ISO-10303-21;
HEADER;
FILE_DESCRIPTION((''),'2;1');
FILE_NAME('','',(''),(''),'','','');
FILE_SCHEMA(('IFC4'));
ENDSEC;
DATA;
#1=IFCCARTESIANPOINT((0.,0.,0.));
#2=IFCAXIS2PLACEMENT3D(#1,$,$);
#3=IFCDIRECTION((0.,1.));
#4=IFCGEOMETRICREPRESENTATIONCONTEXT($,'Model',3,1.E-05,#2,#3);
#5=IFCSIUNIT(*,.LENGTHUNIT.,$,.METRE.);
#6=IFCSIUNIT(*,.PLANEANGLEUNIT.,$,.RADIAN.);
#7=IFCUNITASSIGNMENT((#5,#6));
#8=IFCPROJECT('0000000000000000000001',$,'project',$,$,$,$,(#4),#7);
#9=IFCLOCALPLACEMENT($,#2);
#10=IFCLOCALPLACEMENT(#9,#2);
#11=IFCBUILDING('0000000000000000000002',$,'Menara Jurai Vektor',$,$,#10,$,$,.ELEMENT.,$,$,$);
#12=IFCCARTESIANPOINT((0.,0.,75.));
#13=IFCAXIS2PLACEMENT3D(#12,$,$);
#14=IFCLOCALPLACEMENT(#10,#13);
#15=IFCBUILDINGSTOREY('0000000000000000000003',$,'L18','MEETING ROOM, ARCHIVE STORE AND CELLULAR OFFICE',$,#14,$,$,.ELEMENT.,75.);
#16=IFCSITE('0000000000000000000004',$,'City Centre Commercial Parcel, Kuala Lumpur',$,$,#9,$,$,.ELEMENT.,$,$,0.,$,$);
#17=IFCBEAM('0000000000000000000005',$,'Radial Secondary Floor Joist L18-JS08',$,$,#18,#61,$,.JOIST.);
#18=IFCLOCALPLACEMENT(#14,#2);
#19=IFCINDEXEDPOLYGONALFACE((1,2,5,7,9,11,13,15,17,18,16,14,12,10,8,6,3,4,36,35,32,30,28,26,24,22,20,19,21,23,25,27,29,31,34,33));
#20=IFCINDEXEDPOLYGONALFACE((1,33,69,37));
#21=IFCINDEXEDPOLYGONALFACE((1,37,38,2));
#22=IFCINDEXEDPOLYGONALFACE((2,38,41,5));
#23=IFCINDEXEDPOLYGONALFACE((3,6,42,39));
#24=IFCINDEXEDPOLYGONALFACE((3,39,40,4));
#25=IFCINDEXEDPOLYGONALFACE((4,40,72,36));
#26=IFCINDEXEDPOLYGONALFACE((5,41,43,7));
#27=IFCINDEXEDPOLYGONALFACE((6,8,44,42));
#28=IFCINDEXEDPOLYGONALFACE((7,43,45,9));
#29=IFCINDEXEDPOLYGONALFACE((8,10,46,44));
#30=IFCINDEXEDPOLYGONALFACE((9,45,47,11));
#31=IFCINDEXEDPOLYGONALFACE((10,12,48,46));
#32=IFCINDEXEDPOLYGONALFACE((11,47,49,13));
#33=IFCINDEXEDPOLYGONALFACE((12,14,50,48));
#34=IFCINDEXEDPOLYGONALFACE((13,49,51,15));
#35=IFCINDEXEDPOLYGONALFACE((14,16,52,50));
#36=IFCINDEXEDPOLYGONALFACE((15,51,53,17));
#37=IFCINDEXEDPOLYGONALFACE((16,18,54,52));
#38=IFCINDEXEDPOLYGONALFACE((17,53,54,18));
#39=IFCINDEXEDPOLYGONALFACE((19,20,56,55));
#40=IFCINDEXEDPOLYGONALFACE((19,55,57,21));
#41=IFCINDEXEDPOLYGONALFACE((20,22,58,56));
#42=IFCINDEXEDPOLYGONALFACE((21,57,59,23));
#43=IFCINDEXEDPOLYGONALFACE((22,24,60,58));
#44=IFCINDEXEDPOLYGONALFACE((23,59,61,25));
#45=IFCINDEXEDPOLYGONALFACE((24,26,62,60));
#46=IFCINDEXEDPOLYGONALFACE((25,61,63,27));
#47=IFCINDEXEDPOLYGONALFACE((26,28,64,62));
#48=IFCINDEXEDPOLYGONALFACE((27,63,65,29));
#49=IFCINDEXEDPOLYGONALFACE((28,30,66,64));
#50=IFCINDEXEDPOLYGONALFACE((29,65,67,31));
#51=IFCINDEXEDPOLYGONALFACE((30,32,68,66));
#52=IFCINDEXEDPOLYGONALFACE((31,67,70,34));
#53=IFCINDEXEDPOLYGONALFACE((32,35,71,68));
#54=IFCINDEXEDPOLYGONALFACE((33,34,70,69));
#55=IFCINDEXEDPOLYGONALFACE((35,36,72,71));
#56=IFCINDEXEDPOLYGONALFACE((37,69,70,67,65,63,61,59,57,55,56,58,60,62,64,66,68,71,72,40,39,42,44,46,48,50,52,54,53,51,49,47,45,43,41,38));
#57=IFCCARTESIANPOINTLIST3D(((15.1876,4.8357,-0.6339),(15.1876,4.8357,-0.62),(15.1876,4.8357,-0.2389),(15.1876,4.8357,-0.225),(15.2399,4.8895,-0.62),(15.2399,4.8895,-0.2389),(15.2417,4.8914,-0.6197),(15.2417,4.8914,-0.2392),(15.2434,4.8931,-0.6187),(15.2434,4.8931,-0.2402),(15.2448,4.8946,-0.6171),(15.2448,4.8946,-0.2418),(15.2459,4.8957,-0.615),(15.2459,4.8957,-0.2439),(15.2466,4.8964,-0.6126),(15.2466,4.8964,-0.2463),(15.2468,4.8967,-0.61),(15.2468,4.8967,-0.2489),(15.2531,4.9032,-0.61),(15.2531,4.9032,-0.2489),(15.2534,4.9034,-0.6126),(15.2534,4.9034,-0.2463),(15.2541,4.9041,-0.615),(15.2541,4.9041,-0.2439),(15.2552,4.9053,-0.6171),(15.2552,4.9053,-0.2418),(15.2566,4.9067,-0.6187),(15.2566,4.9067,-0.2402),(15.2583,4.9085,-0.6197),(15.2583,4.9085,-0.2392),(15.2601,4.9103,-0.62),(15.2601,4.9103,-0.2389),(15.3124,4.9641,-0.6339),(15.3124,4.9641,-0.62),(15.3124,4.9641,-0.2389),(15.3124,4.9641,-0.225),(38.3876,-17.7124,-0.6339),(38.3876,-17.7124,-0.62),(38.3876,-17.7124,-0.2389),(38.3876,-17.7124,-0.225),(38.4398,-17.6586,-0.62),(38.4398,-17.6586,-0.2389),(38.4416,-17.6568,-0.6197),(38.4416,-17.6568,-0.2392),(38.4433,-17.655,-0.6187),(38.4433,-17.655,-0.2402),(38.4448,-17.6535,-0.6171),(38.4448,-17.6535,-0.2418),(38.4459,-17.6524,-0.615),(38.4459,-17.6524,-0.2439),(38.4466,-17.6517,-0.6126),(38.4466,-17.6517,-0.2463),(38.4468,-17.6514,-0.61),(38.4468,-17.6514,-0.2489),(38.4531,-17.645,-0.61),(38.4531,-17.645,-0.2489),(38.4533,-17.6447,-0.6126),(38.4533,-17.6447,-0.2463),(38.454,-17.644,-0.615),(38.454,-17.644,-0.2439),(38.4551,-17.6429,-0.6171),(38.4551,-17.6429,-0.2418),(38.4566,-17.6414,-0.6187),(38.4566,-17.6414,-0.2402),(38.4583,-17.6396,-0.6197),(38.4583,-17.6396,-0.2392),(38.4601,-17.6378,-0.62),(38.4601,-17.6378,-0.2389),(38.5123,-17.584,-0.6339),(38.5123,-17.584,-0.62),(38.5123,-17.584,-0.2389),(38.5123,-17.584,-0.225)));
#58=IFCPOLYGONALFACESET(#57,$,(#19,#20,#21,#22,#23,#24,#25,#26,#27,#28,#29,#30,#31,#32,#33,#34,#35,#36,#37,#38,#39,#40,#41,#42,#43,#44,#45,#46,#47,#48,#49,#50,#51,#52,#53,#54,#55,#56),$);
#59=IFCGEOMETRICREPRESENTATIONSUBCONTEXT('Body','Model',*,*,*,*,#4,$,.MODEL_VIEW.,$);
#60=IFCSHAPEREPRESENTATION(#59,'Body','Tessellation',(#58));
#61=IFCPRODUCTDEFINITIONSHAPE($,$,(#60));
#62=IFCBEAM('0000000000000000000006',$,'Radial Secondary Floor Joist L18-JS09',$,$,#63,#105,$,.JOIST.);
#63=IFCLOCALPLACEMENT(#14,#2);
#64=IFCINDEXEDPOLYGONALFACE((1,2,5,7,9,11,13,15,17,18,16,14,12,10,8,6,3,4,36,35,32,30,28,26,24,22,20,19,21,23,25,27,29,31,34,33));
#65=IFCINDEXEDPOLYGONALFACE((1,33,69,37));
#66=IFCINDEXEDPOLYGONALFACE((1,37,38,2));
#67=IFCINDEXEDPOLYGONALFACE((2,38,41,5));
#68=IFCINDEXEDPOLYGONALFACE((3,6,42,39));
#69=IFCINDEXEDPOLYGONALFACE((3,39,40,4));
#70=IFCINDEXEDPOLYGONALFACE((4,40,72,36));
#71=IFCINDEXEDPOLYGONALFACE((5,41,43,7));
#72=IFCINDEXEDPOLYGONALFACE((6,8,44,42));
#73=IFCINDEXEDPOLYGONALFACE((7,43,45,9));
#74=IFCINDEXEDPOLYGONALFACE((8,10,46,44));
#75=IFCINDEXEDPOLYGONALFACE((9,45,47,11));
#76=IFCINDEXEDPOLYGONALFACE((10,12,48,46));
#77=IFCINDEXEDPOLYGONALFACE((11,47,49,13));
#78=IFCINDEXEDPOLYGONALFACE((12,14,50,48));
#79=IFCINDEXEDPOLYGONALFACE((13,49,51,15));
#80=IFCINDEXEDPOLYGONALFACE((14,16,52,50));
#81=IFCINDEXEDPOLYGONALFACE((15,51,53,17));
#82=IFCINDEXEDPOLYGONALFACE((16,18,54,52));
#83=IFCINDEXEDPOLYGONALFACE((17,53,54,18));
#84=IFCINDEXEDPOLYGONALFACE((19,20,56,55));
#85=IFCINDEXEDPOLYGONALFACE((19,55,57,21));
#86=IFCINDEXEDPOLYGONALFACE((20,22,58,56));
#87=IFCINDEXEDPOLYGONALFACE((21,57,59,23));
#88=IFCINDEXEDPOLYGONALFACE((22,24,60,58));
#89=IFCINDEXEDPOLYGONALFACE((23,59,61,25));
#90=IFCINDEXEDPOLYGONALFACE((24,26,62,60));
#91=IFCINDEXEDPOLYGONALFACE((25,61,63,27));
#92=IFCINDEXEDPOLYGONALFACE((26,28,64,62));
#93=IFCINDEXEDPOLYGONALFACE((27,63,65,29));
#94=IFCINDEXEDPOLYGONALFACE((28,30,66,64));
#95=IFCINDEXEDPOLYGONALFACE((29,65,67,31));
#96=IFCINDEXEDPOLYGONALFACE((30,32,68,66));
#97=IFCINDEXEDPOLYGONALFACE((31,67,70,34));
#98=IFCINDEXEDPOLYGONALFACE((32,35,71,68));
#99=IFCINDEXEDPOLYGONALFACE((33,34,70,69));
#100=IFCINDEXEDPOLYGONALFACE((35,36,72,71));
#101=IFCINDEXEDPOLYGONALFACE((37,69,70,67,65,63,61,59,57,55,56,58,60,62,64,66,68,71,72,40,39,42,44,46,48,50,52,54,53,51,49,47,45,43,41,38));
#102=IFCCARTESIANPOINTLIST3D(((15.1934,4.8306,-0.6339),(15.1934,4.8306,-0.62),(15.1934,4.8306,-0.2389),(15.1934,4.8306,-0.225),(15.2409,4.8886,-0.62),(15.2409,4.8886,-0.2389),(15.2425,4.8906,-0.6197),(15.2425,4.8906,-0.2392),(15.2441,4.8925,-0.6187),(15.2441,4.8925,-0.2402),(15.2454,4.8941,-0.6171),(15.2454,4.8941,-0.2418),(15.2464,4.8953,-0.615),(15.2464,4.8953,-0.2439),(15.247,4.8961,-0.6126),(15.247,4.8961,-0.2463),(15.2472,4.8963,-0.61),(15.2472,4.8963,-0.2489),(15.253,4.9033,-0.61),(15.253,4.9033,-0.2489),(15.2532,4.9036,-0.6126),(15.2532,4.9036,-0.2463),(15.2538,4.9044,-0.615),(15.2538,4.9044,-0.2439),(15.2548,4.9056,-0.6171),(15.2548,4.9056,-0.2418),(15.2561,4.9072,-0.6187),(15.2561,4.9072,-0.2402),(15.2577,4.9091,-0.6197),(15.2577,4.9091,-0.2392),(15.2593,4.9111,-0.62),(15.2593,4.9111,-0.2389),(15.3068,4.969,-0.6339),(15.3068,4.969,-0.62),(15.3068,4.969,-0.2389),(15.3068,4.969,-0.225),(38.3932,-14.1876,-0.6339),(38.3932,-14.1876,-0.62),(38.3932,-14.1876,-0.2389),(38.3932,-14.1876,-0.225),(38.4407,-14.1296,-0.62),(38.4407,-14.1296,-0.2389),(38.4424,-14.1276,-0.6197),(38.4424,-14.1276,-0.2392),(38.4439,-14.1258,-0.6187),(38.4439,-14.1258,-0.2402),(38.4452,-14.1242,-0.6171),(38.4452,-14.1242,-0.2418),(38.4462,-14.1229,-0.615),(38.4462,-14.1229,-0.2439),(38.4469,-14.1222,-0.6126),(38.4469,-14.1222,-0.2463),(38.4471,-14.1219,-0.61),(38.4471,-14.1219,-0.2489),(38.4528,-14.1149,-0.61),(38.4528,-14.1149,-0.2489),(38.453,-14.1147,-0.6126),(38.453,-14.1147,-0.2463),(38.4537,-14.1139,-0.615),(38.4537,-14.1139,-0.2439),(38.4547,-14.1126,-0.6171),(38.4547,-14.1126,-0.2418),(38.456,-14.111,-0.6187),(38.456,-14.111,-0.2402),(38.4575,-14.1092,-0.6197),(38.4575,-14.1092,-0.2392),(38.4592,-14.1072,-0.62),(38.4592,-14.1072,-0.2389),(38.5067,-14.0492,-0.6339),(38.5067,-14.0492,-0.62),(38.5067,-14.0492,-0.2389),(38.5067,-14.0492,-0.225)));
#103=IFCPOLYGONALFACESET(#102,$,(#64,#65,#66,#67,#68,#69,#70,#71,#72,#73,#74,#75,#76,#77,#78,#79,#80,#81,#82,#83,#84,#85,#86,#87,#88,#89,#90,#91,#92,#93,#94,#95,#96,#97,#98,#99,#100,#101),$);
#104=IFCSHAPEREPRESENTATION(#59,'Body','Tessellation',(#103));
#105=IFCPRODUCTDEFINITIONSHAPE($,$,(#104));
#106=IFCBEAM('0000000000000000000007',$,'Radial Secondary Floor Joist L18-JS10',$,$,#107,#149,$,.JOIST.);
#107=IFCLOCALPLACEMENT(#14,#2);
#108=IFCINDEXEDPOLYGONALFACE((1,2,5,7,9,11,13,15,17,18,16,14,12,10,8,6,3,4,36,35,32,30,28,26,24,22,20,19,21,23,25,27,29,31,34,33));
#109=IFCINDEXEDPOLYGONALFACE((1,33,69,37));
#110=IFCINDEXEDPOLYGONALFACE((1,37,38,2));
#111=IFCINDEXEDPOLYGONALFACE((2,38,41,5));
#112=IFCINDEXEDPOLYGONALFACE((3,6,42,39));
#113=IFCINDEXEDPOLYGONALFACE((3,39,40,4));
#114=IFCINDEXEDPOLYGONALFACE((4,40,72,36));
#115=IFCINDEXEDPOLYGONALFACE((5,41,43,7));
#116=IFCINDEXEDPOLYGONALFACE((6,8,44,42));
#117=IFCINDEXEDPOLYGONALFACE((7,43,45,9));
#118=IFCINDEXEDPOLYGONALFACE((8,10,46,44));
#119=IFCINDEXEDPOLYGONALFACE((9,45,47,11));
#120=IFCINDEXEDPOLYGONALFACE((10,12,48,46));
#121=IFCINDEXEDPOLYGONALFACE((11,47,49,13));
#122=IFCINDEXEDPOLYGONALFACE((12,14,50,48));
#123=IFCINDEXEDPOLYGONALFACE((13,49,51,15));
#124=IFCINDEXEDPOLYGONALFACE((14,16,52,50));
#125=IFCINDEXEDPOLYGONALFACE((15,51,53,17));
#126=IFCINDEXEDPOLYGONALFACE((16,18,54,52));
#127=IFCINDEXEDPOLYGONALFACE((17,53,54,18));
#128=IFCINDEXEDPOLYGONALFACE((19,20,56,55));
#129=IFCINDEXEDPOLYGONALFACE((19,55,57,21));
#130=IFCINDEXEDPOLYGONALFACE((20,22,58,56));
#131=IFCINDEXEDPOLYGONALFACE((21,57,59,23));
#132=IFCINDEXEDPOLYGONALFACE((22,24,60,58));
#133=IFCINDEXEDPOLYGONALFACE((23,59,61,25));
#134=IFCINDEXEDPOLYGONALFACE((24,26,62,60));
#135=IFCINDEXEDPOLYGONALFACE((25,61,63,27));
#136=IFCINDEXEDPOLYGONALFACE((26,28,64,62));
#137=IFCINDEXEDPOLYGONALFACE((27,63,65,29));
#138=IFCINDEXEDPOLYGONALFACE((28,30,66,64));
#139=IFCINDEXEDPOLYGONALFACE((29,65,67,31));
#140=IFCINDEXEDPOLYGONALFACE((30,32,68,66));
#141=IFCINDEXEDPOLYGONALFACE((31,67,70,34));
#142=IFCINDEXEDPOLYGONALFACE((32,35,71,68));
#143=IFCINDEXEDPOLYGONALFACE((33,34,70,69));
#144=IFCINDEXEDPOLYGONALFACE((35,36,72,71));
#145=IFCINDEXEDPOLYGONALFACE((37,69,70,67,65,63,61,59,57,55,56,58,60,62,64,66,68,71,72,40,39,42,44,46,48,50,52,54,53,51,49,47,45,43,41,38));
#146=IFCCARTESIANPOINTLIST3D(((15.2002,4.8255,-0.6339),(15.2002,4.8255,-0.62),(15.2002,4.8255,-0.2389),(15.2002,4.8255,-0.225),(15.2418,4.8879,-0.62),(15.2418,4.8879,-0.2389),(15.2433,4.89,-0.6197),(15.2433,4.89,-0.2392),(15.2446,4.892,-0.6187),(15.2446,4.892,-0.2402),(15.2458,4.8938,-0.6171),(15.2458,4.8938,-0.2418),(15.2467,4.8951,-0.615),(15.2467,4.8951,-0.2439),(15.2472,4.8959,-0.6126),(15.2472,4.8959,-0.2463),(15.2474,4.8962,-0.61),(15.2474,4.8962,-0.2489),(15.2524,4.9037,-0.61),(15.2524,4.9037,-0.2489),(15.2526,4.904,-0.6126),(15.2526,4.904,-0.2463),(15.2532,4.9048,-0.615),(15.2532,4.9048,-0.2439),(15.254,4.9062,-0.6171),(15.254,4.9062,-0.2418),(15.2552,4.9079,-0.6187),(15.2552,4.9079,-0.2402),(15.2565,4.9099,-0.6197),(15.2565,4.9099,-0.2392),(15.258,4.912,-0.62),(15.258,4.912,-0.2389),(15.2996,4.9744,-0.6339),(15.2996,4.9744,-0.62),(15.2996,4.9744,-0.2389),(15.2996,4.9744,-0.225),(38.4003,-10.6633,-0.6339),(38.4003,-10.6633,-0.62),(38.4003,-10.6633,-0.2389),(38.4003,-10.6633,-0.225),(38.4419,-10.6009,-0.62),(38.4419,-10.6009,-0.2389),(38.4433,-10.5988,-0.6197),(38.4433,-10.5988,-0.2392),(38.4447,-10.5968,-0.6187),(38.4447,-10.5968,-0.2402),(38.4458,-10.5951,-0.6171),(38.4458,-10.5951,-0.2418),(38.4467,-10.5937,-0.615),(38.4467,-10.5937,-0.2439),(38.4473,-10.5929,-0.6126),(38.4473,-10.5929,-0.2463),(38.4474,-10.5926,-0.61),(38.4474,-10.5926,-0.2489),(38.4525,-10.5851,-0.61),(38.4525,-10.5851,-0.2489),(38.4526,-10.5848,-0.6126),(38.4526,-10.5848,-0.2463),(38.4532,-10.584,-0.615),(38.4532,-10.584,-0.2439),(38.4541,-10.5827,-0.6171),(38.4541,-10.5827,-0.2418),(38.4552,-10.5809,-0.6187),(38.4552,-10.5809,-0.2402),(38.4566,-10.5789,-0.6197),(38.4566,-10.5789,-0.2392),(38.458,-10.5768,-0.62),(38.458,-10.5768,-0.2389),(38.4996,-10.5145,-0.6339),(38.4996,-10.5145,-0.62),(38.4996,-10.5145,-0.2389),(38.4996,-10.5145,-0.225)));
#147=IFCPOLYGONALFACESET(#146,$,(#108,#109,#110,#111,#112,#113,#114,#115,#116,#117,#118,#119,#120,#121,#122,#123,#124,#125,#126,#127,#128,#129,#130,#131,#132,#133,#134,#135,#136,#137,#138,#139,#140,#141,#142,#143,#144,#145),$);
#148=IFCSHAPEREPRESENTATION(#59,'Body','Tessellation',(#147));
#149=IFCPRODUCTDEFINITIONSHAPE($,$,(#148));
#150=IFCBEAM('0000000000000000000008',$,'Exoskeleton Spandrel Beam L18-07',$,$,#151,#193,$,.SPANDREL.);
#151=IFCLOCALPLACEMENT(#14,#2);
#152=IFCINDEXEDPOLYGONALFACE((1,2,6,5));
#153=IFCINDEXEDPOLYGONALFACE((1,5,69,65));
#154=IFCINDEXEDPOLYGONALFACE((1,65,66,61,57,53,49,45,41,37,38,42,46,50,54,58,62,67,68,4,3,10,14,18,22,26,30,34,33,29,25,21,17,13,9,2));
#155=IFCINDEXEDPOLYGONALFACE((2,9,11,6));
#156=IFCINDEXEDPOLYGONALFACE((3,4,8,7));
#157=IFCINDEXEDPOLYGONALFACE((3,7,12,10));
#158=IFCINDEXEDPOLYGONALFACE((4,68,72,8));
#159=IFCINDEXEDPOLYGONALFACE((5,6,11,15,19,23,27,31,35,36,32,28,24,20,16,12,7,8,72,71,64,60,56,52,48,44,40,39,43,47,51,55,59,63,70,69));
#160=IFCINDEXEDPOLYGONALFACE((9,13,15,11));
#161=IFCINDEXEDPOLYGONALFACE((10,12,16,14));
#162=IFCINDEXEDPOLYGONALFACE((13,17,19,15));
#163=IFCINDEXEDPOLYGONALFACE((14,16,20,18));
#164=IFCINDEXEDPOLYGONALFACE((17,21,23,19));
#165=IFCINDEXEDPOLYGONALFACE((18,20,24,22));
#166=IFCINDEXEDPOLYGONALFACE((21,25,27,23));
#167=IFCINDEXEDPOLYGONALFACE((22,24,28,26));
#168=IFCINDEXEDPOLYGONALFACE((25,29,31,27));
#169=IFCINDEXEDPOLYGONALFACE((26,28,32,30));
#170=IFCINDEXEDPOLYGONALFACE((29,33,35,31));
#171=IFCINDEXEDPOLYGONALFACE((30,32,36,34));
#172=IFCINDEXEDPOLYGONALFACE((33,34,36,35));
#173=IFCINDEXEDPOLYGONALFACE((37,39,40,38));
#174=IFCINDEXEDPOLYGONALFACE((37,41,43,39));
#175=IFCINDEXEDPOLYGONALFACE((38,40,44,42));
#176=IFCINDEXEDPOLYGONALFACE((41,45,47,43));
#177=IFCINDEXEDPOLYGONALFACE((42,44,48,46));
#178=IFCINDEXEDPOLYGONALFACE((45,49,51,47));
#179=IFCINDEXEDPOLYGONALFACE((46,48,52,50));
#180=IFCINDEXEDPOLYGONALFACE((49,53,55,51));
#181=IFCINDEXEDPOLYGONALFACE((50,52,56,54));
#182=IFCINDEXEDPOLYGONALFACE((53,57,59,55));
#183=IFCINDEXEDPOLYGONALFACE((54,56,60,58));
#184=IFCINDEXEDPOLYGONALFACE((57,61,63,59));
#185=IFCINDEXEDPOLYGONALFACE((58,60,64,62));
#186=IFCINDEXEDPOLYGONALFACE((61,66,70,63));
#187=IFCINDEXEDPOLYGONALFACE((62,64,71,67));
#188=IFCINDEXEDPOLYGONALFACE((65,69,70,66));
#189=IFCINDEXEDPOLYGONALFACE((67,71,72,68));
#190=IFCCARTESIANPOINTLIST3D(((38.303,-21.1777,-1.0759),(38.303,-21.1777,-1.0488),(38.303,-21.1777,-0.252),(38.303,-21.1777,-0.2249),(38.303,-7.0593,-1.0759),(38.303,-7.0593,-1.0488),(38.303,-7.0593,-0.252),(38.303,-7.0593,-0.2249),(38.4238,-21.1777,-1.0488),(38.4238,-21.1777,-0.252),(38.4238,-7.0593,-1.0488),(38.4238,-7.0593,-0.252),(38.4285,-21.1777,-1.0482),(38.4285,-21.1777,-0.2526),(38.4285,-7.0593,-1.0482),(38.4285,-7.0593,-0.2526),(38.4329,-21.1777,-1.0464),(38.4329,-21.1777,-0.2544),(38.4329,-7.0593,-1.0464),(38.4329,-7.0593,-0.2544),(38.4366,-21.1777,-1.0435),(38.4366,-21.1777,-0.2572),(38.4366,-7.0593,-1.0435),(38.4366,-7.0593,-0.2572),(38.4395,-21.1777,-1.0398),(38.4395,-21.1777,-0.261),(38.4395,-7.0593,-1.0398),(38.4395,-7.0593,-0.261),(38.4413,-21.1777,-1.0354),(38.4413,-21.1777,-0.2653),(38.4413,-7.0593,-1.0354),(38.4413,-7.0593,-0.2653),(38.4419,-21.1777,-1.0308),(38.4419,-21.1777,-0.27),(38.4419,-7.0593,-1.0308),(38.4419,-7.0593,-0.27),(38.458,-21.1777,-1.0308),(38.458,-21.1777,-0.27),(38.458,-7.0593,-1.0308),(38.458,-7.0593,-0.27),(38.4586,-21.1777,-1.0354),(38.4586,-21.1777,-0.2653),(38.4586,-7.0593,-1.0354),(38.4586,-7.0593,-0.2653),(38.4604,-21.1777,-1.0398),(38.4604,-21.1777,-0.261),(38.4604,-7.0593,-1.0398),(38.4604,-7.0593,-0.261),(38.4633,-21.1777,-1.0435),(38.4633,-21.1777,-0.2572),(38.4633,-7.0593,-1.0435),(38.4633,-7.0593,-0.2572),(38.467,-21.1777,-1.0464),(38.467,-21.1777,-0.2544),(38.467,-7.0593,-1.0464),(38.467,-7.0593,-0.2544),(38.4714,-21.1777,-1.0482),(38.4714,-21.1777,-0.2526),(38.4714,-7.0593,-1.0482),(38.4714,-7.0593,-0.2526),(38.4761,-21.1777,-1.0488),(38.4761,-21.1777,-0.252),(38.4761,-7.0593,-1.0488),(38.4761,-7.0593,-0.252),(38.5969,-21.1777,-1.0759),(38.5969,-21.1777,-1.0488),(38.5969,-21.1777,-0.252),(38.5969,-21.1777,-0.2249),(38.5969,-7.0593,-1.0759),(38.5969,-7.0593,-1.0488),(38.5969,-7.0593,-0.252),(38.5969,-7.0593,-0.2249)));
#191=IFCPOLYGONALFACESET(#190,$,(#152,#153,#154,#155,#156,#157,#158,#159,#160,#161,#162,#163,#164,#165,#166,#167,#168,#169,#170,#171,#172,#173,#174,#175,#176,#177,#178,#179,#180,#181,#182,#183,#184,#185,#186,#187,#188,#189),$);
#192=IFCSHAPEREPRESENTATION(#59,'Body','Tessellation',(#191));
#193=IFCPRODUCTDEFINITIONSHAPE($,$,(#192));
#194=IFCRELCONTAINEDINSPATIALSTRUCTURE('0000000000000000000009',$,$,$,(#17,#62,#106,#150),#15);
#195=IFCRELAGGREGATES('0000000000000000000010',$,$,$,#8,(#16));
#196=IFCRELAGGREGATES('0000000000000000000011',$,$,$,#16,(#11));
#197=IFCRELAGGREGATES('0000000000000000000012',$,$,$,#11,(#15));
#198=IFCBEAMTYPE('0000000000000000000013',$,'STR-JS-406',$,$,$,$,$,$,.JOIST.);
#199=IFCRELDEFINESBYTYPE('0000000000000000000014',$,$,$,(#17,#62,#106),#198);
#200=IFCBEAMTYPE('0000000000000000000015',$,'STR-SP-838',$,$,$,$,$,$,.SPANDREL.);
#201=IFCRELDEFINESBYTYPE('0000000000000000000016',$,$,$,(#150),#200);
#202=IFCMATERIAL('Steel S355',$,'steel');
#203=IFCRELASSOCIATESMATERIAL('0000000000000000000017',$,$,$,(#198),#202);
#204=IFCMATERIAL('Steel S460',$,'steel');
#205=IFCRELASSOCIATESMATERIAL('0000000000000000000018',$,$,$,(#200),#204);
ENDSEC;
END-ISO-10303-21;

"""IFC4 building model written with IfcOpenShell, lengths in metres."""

from ifc_helpers import new_model, si_unit, direction, frame, origin, origin_2d, place, context, subcontext, project, spatial, i_section, extrude, material, material_profile, profile_set, type_object, element, save


model = new_model("IFC4")

# Units and contexts
model_context = context("Model", 3, precision=1e-05, world=origin(), true_north=direction((0.0, 1.0)))
body_context = subcontext(model_context, "Body", "Model", "MODEL_VIEW")
ifc_project = project(units=[si_unit("LENGTHUNIT", "METRE"), si_unit("PLANEANGLEUNIT", "RADIAN")], contexts=[model_context])

# Site, building, storey
site_placement = place(None, origin())
site = spatial("IfcSite", under=ifc_project, at=site_placement, Name="City Centre Commercial Parcel, Kuala Lumpur", CompositionType="ELEMENT", RefElevation=0.0)
building_placement = place(site_placement, origin())
building = spatial("IfcBuilding", under=site, at=building_placement, Name="Menara Jurai Vektor", CompositionType="ELEMENT")
storey_placement = place(building_placement, frame((0.0, 0.0, 75.0)))
storey = spatial("IfcBuildingStorey", under=building, at=storey_placement, Name="L18", Description="MEETING ROOM, ARCHIVE STORE AND CELLULAR OFFICE", CompositionType="ELEMENT", Elevation=75.0)

# Shared definitions
ifc_material_1 = material(Name="Steel S460", Category="steel")

# Shared definitions
ifc_material_2 = material(Name="Steel S355", Category="steel")

# Beams
ifc_material_profile_1 = material_profile(ifc_material_2, i_section(OverallWidth=0.179, OverallDepth=0.4089, WebThickness=0.009, FlangeThickness=0.0139, FilletRadius=0.01, at=origin_2d()), Name="UKB 406x178x67")
ifc_profile_set_1 = profile_set([ifc_material_profile_1], Name="Steel S355")
beam_type_1 = type_object("IfcBeamType", Name="STR-JS-406", PredefinedType="JOIST", material=ifc_profile_set_1)
beam_1_placement = place(storey_placement, frame((38.45, -17.6482, -0.4294), z_axis=(-0.717109, 0.696961, 0.0), x_axis=(-0.696961, -0.717109, 0.0)))
element("IfcBeam", 1, at=beam_1_placement, inside=storey, type_object=beam_type_1, Name="Radial Secondary Floor Joist L18-JS08", PredefinedType="JOIST", context=body_context, shape_type="SweptSolid", body=[
    extrude(i_section(OverallWidth=0.179, OverallDepth=0.4089, WebThickness=0.009, FlangeThickness=0.0139, FilletRadius=0.01, at=origin_2d()), origin(), (0.0, 0.0, 1.0), 32.3521),
])
beam_2_placement = place(storey_placement, frame((38.45, -14.1184, -0.4294), z_axis=(-0.77336, 0.633967, 0.0), x_axis=(-0.633967, -0.77336, 0.0)))
element("IfcBeam", 2, at=beam_2_placement, inside=storey, type_object=beam_type_1, Name="Radial Secondary Floor Joist L18-JS09", PredefinedType="JOIST", context=body_context, shape_type="SweptSolid", body=[
    extrude(i_section(OverallWidth=0.179, OverallDepth=0.4089, WebThickness=0.009, FlangeThickness=0.0139, FilletRadius=0.01, at=origin_2d()), origin(), (0.0, 0.0, 1.0), 29.9988),
])
beam_3_placement = place(storey_placement, frame((38.45, -10.5889, -0.4294), z_axis=(-0.831684, 0.555249, 0.0), x_axis=(-0.555249, -0.831684, 0.0)))
element("IfcBeam", 3, at=beam_3_placement, inside=storey, type_object=beam_type_1, Name="Radial Secondary Floor Joist L18-JS10", PredefinedType="JOIST", context=body_context, shape_type="SweptSolid", body=[
    extrude(i_section(OverallWidth=0.179, OverallDepth=0.4089, WebThickness=0.009, FlangeThickness=0.0139, FilletRadius=0.01, at=origin_2d()), origin(), (0.0, 0.0, 1.0), 27.8953),
])
ifc_material_profile_2 = material_profile(ifc_material_1, i_section(OverallWidth=0.2939, OverallDepth=0.8511, WebThickness=0.0161, FlangeThickness=0.0271, FilletRadius=0.0181, at=origin_2d()), Name="UKB 838x292x226")
ifc_profile_set_2 = profile_set([ifc_material_profile_2], Name="Steel S460")
beam_type_2 = type_object("IfcBeamType", Name="STR-SP-838", PredefinedType="SPANDREL", material=ifc_profile_set_2)
beam_4_placement = place(storey_placement, frame((38.45, -21.1777, -0.6504), z_axis=(0.0, 1.0, 0.0), x_axis=(-1.0, 0.0, 0.0)))
element("IfcBeam", 4, at=beam_4_placement, inside=storey, type_object=beam_type_2, Name="Exoskeleton Spandrel Beam L18-07", PredefinedType="SPANDREL", context=body_context, shape_type="SweptSolid", body=[
    extrude(i_section(OverallWidth=0.2939, OverallDepth=0.8511, WebThickness=0.0161, FlangeThickness=0.0271, FilletRadius=0.0181, at=origin_2d()), origin(), (0.0, 0.0, 1.0), 14.1184),
])

save(model, "model.ifc")
